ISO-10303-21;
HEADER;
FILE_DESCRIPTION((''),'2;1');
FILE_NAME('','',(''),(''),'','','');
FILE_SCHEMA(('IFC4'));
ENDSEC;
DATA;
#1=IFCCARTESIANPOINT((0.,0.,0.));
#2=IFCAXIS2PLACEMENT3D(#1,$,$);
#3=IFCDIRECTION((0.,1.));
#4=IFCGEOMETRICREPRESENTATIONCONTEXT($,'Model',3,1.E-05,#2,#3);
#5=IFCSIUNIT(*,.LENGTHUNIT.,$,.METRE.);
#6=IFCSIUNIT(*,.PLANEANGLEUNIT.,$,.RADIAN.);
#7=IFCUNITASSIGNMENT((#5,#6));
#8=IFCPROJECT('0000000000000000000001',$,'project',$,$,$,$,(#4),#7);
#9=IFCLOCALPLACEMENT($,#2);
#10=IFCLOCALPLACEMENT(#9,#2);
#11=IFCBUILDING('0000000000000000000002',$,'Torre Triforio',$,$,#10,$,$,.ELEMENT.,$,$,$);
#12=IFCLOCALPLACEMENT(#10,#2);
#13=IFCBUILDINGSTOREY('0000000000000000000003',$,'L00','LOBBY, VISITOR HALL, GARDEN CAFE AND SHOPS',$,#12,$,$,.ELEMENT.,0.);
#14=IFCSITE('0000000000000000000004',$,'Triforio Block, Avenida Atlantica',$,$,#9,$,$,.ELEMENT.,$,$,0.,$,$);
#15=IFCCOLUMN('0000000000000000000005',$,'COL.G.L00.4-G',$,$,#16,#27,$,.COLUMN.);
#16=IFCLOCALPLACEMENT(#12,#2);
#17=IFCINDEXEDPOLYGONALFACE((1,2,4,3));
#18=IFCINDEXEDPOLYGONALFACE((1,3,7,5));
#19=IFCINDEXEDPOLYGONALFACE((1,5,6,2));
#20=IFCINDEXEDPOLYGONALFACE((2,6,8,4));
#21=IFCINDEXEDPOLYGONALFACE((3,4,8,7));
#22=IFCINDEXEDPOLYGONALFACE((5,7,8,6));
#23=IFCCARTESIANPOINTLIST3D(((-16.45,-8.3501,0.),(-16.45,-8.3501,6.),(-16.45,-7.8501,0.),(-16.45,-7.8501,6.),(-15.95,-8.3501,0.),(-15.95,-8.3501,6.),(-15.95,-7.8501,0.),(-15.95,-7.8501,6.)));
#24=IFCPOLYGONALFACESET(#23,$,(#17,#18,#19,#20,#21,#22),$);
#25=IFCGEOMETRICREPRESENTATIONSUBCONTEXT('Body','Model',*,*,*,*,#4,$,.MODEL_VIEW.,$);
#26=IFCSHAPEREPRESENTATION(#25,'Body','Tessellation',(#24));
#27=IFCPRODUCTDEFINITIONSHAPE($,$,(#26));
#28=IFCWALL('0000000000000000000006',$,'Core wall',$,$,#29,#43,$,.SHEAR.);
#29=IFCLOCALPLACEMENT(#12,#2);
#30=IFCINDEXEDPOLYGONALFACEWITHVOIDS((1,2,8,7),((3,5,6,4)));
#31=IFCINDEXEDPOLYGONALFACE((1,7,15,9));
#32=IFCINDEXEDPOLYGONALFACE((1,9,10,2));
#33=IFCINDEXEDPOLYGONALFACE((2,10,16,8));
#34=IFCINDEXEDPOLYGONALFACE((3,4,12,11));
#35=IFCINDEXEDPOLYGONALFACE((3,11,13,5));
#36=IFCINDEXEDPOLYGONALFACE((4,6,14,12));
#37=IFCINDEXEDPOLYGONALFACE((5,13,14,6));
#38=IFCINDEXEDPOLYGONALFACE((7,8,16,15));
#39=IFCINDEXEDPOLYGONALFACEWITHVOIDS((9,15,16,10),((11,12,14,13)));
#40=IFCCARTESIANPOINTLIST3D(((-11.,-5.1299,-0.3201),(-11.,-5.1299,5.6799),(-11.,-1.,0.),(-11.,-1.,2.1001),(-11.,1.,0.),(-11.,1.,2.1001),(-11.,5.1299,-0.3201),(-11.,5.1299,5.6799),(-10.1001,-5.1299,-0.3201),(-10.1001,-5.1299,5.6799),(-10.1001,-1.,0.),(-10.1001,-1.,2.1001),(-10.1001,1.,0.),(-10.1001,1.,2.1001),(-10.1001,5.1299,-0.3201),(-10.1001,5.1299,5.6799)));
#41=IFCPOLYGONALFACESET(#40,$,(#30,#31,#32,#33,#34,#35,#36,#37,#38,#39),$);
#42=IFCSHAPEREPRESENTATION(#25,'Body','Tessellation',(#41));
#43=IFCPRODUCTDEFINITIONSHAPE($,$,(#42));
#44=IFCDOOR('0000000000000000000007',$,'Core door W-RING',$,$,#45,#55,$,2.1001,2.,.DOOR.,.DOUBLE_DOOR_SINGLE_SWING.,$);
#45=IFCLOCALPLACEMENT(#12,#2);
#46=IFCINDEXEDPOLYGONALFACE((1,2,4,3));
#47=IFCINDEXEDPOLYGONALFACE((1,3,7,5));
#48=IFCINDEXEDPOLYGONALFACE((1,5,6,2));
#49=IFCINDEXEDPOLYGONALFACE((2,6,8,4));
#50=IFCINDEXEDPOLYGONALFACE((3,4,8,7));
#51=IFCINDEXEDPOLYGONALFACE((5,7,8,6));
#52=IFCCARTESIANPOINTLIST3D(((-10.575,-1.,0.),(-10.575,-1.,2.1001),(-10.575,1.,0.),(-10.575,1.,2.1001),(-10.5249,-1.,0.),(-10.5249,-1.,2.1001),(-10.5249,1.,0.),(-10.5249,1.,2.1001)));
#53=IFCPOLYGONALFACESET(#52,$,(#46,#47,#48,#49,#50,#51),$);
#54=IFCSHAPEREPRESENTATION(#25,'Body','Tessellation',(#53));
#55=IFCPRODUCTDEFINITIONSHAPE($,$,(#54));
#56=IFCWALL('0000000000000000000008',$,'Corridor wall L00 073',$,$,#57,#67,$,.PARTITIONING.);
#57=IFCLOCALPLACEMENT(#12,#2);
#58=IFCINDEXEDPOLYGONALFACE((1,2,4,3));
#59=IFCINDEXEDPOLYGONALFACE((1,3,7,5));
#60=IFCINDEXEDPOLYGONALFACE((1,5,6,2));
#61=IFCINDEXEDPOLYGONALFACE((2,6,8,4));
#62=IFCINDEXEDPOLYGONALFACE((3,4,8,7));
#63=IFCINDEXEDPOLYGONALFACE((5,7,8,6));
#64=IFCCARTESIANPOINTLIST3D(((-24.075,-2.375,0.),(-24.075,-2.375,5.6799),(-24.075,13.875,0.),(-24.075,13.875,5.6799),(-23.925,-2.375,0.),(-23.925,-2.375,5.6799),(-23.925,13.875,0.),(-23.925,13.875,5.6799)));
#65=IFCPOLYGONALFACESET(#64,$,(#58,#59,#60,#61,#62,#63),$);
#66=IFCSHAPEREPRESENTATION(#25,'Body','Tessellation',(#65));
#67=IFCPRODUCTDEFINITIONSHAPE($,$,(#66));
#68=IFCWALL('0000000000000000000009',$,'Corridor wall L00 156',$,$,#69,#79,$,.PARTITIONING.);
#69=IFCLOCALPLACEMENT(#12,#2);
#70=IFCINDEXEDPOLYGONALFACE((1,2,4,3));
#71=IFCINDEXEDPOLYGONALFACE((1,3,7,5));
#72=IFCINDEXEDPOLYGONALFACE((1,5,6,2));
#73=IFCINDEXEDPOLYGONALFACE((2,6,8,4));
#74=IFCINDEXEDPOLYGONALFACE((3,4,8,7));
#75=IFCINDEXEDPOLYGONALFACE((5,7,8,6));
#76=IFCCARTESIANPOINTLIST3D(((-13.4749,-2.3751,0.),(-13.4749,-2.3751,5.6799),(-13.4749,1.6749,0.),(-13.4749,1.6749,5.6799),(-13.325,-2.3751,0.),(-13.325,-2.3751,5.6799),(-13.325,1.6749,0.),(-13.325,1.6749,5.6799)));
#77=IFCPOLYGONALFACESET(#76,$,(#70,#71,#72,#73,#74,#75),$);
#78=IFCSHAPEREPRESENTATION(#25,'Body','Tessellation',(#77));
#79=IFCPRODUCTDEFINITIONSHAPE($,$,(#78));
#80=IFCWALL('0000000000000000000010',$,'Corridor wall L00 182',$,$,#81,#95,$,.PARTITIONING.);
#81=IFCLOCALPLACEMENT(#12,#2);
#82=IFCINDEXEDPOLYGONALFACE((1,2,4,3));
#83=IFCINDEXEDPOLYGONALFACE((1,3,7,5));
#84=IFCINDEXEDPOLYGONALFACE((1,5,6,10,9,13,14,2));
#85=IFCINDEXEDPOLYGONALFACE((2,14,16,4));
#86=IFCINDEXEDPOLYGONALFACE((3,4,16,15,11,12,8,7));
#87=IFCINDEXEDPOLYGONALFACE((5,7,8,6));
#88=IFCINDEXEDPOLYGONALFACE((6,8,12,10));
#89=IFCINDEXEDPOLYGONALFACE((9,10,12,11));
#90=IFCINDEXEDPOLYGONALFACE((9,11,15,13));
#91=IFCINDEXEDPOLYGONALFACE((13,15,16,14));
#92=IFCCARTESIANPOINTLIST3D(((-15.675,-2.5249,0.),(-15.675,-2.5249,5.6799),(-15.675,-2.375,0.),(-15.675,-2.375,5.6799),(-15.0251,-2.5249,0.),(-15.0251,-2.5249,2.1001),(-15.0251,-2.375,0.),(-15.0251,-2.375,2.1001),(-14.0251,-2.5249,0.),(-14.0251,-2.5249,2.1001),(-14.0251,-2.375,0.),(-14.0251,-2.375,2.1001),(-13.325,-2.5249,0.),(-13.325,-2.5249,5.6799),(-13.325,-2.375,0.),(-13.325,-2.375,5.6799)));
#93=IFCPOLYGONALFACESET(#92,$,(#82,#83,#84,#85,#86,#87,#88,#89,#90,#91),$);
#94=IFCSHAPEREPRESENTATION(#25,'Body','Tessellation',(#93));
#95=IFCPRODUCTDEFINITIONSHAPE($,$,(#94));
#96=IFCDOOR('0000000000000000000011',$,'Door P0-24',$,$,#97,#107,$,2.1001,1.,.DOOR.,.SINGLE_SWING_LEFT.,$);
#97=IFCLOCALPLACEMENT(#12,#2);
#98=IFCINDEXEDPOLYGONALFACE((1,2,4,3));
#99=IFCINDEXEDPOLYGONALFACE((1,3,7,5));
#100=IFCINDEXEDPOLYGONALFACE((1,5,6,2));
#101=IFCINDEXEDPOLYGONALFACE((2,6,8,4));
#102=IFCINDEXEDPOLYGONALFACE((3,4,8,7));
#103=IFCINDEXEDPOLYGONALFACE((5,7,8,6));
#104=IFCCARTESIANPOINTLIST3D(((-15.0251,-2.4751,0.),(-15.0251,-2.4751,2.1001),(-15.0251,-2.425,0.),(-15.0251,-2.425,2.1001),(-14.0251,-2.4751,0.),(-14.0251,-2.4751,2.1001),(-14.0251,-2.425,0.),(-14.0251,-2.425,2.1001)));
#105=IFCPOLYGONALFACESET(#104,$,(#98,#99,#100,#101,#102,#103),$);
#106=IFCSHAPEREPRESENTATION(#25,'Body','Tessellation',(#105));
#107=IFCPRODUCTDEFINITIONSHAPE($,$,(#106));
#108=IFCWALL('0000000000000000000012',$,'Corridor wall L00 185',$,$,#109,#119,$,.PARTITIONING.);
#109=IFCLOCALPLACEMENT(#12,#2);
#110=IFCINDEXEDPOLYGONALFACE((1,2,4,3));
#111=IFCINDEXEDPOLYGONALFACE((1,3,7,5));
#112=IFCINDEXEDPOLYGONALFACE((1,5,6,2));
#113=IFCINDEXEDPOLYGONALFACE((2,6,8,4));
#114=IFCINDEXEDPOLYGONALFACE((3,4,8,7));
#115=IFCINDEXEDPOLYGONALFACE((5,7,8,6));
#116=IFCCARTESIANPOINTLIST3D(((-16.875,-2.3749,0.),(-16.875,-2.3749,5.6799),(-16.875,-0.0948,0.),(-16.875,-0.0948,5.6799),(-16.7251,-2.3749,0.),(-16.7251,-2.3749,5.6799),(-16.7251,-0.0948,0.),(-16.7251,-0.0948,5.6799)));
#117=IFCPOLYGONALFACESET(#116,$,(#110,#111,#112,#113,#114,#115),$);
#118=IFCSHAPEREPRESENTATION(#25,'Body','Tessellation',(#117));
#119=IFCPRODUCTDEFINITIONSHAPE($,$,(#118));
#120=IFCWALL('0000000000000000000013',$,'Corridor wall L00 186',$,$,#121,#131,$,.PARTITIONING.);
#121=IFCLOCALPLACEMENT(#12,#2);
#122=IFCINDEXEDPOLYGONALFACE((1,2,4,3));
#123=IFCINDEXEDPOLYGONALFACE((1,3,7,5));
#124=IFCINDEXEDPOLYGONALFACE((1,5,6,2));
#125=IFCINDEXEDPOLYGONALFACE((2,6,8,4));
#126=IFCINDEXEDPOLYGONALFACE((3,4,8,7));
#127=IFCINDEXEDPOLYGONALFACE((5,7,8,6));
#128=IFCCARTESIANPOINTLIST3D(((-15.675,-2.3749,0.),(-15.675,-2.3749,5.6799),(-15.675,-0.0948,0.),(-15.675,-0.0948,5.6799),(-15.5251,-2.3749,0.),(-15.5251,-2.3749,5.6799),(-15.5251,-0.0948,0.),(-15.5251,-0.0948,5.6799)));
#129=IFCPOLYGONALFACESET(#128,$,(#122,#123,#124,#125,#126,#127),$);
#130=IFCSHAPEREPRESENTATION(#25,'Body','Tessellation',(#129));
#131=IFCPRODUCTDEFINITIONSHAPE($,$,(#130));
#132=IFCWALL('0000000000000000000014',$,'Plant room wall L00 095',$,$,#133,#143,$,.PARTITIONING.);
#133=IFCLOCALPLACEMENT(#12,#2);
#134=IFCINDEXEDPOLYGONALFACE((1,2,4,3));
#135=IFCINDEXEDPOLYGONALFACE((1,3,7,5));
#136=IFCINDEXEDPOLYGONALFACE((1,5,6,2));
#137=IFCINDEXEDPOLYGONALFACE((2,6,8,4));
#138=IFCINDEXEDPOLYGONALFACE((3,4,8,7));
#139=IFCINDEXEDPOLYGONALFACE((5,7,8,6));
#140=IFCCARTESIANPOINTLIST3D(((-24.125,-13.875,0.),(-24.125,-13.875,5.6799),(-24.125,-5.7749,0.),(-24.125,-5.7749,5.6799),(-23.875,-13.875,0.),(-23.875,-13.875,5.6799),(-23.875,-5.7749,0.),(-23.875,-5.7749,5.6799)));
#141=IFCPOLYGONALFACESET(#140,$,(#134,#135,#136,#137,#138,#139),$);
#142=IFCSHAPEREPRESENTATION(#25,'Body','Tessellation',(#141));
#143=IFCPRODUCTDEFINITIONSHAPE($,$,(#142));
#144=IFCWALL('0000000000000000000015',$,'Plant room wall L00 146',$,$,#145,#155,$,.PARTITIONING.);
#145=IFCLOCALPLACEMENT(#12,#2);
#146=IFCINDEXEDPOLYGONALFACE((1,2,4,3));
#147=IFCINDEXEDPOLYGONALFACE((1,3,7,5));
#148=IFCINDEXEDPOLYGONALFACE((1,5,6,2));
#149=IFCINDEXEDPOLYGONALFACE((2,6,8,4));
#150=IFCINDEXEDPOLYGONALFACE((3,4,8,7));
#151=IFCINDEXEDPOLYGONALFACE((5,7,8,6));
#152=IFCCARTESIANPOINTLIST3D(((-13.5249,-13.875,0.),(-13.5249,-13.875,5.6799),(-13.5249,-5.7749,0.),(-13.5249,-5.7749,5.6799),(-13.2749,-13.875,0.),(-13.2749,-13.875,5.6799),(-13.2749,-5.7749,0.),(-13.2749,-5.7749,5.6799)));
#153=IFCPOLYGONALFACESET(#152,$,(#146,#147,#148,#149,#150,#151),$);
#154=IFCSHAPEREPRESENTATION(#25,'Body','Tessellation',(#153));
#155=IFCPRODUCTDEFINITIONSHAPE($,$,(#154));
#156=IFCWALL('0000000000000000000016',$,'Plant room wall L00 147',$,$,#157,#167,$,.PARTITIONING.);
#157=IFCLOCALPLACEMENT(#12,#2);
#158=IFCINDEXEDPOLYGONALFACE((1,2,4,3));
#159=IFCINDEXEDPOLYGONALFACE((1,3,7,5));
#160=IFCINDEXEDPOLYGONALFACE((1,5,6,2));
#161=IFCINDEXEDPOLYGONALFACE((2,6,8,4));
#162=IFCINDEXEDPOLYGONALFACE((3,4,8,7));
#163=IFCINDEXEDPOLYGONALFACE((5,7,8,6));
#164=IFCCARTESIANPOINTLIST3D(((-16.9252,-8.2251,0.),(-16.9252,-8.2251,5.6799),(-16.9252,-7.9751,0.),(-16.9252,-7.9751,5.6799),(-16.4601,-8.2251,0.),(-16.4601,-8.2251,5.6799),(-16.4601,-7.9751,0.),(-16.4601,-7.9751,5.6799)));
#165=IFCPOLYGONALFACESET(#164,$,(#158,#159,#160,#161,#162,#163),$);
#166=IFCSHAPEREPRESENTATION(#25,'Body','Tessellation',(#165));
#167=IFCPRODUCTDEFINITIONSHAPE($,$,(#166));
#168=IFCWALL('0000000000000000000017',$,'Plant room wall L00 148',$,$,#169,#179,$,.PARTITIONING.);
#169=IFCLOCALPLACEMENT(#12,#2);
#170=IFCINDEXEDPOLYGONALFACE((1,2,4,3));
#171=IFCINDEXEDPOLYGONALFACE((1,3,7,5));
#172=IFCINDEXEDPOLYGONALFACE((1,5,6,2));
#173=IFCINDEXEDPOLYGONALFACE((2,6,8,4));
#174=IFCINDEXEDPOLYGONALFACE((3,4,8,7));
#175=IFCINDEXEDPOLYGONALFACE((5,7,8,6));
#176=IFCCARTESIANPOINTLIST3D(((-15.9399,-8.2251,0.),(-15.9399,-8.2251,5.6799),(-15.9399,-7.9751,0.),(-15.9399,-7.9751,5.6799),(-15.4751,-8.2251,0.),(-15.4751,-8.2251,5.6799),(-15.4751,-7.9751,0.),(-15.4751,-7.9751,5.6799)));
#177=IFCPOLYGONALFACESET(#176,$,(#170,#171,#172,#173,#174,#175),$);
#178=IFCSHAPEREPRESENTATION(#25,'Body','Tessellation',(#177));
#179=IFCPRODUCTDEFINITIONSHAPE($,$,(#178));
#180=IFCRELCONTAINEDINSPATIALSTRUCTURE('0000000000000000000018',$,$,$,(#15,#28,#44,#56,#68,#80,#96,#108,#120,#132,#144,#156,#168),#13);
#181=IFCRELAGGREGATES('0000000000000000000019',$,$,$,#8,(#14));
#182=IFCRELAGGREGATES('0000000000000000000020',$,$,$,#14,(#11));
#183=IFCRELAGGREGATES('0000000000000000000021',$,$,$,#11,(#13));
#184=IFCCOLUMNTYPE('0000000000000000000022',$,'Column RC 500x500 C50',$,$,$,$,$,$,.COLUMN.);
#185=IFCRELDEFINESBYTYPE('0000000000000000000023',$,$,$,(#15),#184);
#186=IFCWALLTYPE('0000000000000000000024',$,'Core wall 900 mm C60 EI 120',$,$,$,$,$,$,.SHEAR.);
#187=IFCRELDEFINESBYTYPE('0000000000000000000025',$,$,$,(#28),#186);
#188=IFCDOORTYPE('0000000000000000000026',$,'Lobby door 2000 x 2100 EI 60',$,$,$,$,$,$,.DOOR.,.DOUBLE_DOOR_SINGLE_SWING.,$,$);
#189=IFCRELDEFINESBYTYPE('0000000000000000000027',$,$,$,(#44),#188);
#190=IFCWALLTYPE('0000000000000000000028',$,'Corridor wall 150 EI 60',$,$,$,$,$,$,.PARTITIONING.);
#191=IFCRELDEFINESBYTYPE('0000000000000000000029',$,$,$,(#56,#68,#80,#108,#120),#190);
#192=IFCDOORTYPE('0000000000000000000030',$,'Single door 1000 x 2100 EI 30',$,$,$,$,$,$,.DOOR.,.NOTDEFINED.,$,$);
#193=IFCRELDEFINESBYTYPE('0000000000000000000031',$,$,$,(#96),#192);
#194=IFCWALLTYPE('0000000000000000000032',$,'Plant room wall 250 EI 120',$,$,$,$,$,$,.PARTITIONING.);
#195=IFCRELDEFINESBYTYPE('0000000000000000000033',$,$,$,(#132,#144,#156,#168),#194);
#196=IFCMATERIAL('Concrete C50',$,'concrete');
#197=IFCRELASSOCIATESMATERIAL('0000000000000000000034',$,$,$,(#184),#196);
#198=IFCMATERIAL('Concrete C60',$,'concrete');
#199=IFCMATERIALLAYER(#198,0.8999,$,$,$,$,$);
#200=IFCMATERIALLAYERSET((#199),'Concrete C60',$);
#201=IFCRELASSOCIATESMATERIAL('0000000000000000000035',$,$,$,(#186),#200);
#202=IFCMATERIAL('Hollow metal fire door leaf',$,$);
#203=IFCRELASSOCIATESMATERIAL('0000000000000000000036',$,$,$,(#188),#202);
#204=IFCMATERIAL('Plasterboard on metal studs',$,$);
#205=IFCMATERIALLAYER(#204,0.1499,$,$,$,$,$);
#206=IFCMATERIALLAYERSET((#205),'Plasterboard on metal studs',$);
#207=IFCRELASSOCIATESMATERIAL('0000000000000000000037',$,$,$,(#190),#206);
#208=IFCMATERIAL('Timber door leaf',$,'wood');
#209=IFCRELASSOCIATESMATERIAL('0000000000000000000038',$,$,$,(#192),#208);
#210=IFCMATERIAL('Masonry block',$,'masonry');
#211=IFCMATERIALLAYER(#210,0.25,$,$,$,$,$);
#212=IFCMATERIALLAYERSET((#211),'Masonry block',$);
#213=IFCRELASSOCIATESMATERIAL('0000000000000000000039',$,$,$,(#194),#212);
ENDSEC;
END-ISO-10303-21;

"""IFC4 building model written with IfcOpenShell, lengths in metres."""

from ifc_helpers import new_model, si_unit, direction, frame, frame_2d, origin, origin_2d, place, context, subcontext, project, spatial, rectangle, extrude, material, layer, layer_set, material_profile, profile_set, type_object, element, fill, save


model = new_model("IFC4")

# Units and contexts
model_context = context("Model", 3, precision=1e-05, world=origin(), true_north=direction((0.0, 1.0)))
body_context = subcontext(model_context, "Body", "Model", "MODEL_VIEW")
ifc_project = project(units=[si_unit("LENGTHUNIT", "METRE"), si_unit("PLANEANGLEUNIT", "RADIAN")], contexts=[model_context])

# Site, building, storey
site_placement = place(None, origin())
site = spatial("IfcSite", under=ifc_project, at=site_placement, Name="Triforio Block, Avenida Atlantica", CompositionType="ELEMENT", RefElevation=0.0)
building_placement = place(site_placement, origin())
building = spatial("IfcBuilding", under=site, at=building_placement, Name="Torre Triforio", CompositionType="ELEMENT")
storey_placement = place(building_placement, origin())
storey = spatial("IfcBuildingStorey", under=building, at=storey_placement, Name="L00", Description="LOBBY, VISITOR HALL, GARDEN CAFE AND SHOPS", CompositionType="ELEMENT", Elevation=0.0)

# Column
ifc_material_1 = material(Name="Concrete C50", Category="concrete")
ifc_material_profile = material_profile(ifc_material_1, rectangle(XDim=0.5, YDim=0.5, at=origin_2d()), Name="RC 500x500")
ifc_profile_set = profile_set([ifc_material_profile], Name="Concrete C50")
column_type = type_object("IfcColumnType", Name="Column RC 500x500 C50", PredefinedType="COLUMN", material=ifc_profile_set)
column_placement = place(storey_placement, frame((-16.2, -8.1001, 0.0), z_axis=(0.0, 0.0, 1.0), x_axis=(1.0, 0.0, 0.0)))
element("IfcColumn", 1, at=column_placement, inside=storey, type_object=column_type, Name="COL.G.L00.4-G", PredefinedType="COLUMN", context=body_context, shape_type="SweptSolid", body=[
    extrude(rectangle(XDim=0.5, YDim=0.5, at=origin_2d()), origin(), (0.0, 0.0, 1.0), 6.0),
])

# Wall, opening, door
ifc_material_2 = material(Name="Concrete C60", Category="concrete")
ifc_layer_1 = layer(ifc_material_2, 0.8999)
ifc_layer_set_1 = layer_set([ifc_layer_1], Name="Concrete C60")
wall_type_1 = type_object("IfcWallType", Name="Core wall 900 mm C60 EI 120", PredefinedType="SHEAR", material=ifc_layer_set_1)
wall_1_placement = place(storey_placement, frame((-10.55, -5.1299, -0.3201), z_axis=(0.0, 0.0, 1.0), x_axis=(0.0, 1.0, 0.0)))
wall_1 = element("IfcWall", 2, at=wall_1_placement, inside=storey, type_object=wall_type_1, Name="Core wall", PredefinedType="SHEAR", context=body_context, shape_type="SweptSolid", body=[
    extrude(rectangle(XDim=10.2598, YDim=0.8999, at=frame_2d((5.1299, 0.0))), origin(), (0.0, 0.0, 1.0), 6.0),
])
opening_1_placement = place(wall_1_placement, frame((4.1299, 0.0, 0.3201)))
opening_1 = element("IfcOpeningElement", 3, at=opening_1_placement, cuts=wall_1, PredefinedType="OPENING", context=body_context, shape_type="SweptSolid", body=[
    extrude(rectangle(XDim=2.0, YDim=2.1001, at=frame_2d((1.0, 1.05))), frame((0.0, 0.46, 0.0), z_axis=(0.0, -1.0, 0.0), x_axis=(1.0, 0.0, 0.0)), (0.0, 0.0, 1.0), 0.9199),
])
ifc_material_3 = material(Name="Hollow metal fire door leaf")
door_type_1 = type_object("IfcDoorType", Name="Lobby door 2000 x 2100 EI 60", OperationType="DOUBLE_DOOR_SINGLE_SWING", PredefinedType="DOOR", material=ifc_material_3)
door_1_placement = place(opening_1_placement, origin())
door_1 = element("IfcDoor", 4, at=door_1_placement, inside=storey, type_object=door_type_1, Name="Core door W-RING", OperationType="DOUBLE_DOOR_SINGLE_SWING", OverallHeight=2.1001, OverallWidth=2.0, PredefinedType="DOOR", context=body_context, shape_type="SweptSolid", body=[
    extrude(rectangle(XDim=2.0, YDim=2.1001, at=frame_2d((1.0, 1.05))), frame((0.0, 0.0249, 0.0), z_axis=(0.0, -1.0, 0.0), x_axis=(1.0, 0.0, 0.0)), (0.0, 0.0, 1.0), 0.05),
])
fill(opening_1, door_1)

# Wall
ifc_material_4 = material(Name="Plasterboard on metal studs")
ifc_layer_2 = layer(ifc_material_4, 0.1499)
ifc_layer_set_2 = layer_set([ifc_layer_2], Name="Plasterboard on metal studs")
wall_type_2 = type_object("IfcWallType", Name="Corridor wall 150 EI 60", PredefinedType="PARTITIONING", material=ifc_layer_set_2)
wall_2_placement = place(storey_placement, frame((-24.0, -2.375, 0.0), z_axis=(0.0, 0.0, 1.0), x_axis=(0.0, 1.0, 0.0)))
element("IfcWall", 5, at=wall_2_placement, inside=storey, type_object=wall_type_2, Name="Corridor wall L00 073", PredefinedType="PARTITIONING", context=body_context, shape_type="SweptSolid", body=[
    extrude(rectangle(XDim=16.25, YDim=0.1499, at=frame_2d((8.125, 0.0))), origin(), (0.0, 0.0, 1.0), 5.6799),
])

# Shared definitions
ifc_material_5 = material(Name="Timber door leaf", Category="wood")

# Wall
wall_3_placement = place(storey_placement, frame((-13.3999, -2.375, 0.0), z_axis=(0.0, 0.0, 1.0), x_axis=(0.0, 1.0, 0.0)))
element("IfcWall", 6, at=wall_3_placement, inside=storey, type_object=wall_type_2, Name="Corridor wall L00 156", PredefinedType="PARTITIONING", context=body_context, shape_type="SweptSolid", body=[
    extrude(rectangle(XDim=4.05, YDim=0.1499, at=frame_2d((2.0249, 0.0))), origin(), (0.0, 0.0, 1.0), 5.6799),
])

# Wall, opening, door
wall_4_placement = place(storey_placement, frame((-15.675, -2.45, 0.0), z_axis=(0.0, 0.0, 1.0), x_axis=(1.0, 0.0, 0.0)))
wall_4 = element("IfcWall", 7, at=wall_4_placement, inside=storey, type_object=wall_type_2, Name="Corridor wall L00 182", PredefinedType="PARTITIONING", context=body_context, shape_type="SweptSolid", body=[
    extrude(rectangle(XDim=2.3501, YDim=0.1499, at=frame_2d((1.175, 0.0))), origin(), (0.0, 0.0, 1.0), 5.6799),
])
opening_2_placement = place(wall_4_placement, frame((0.6499, 0.0, 0.0)))
opening_2 = element("IfcOpeningElement", 8, at=opening_2_placement, cuts=wall_4, PredefinedType="OPENING", context=body_context, shape_type="SweptSolid", body=[
    extrude(rectangle(XDim=1.0, YDim=2.1001, at=frame_2d((0.5, 1.05))), frame((0.0, 0.085, 0.0), z_axis=(0.0, -1.0, 0.0), x_axis=(1.0, 0.0, 0.0)), (0.0, 0.0, 1.0), 0.1699),
])
door_type_2 = type_object("IfcDoorType", Name="Single door 1000 x 2100 EI 30", OperationType="NOTDEFINED", PredefinedType="DOOR", material=ifc_material_5)
door_2_placement = place(opening_2_placement, origin())
door_2 = element("IfcDoor", 9, at=door_2_placement, inside=storey, type_object=door_type_2, Name="Door P0-24", OperationType="SINGLE_SWING_LEFT", OverallHeight=2.1001, OverallWidth=1.0, PredefinedType="DOOR", context=body_context, shape_type="SweptSolid", body=[
    extrude(rectangle(XDim=1.0, YDim=2.1001, at=frame_2d((0.5, 1.05))), frame((0.0, 0.0249, 0.0), z_axis=(0.0, -1.0, 0.0), x_axis=(1.0, 0.0, 0.0)), (0.0, 0.0, 1.0), 0.05),
])
fill(opening_2, door_2)

# Walls
for number, where, z_axis, x_axis, name in (
    (10, (-16.8, -2.375, 0.0), (0.0, 0.0, 1.0), (0.0, 1.0, 0.0), "Corridor wall L00 185"),
    (11, (-15.6001, -2.375, 0.0), (0.0, 0.0, 1.0), (0.0, 1.0, 0.0), "Corridor wall L00 186"),
):
    element("IfcWall", number, at=place(storey_placement, frame(where, z_axis=z_axis, x_axis=x_axis)), inside=storey, type_object=wall_type_2, Name=name, PredefinedType="PARTITIONING", context=body_context, shape_type="SweptSolid", body=[
        extrude(rectangle(XDim=2.28, YDim=0.1499, at=frame_2d((1.1401, 0.0))), origin(), (0.0, 0.0, 1.0), 5.6799),
    ])
ifc_material_6 = material(Name="Masonry block", Category="masonry")
ifc_layer_3 = layer(ifc_material_6, 0.25)
ifc_layer_set_3 = layer_set([ifc_layer_3], Name="Masonry block")
wall_type_3 = type_object("IfcWallType", Name="Plant room wall 250 EI 120", PredefinedType="PARTITIONING", material=ifc_layer_set_3)
for number, where, z_axis, x_axis, name in (
    (12, (-24.0, -13.875, 0.0), (0.0, 0.0, 1.0), (0.0, 1.0, 0.0), "Plant room wall L00 095"),
    (13, (-13.3999, -13.875, 0.0), (0.0, 0.0, 1.0), (0.0, 1.0, 0.0), "Plant room wall L00 146"),
):
    element("IfcWall", number, at=place(storey_placement, frame(where, z_axis=z_axis, x_axis=x_axis)), inside=storey, type_object=wall_type_3, Name=name, PredefinedType="PARTITIONING", context=body_context, shape_type="SweptSolid", body=[
        extrude(rectangle(XDim=8.1001, YDim=0.25, at=frame_2d((4.05, 0.0))), origin(), (0.0, 0.0, 1.0), 5.6799),
    ])
wall_5_placement = place(storey_placement, frame((-16.925, -8.1001, 0.0), z_axis=(0.0, 0.0, 1.0), x_axis=(1.0, 0.0, 0.0)))
element("IfcWall", 14, at=wall_5_placement, inside=storey, type_object=wall_type_3, Name="Plant room wall L00 147", PredefinedType="PARTITIONING", context=body_context, shape_type="SweptSolid", body=[
    extrude(rectangle(XDim=0.4651, YDim=0.25, at=frame_2d((0.2324, 0.0))), origin(), (0.0, 0.0, 1.0), 5.6799),
])
wall_6_placement = place(storey_placement, frame((-15.9399, -8.1001, 0.0), z_axis=(0.0, 0.0, 1.0), x_axis=(1.0, 0.0, 0.0)))
element("IfcWall", 15, at=wall_6_placement, inside=storey, type_object=wall_type_3, Name="Plant room wall L00 148", PredefinedType="PARTITIONING", context=body_context, shape_type="SweptSolid", body=[
    extrude(rectangle(XDim=0.4648, YDim=0.25, at=frame_2d((0.2324, 0.0))), origin(), (0.0, 0.0, 1.0), 5.6799),
])

save(model, "model.ifc")
